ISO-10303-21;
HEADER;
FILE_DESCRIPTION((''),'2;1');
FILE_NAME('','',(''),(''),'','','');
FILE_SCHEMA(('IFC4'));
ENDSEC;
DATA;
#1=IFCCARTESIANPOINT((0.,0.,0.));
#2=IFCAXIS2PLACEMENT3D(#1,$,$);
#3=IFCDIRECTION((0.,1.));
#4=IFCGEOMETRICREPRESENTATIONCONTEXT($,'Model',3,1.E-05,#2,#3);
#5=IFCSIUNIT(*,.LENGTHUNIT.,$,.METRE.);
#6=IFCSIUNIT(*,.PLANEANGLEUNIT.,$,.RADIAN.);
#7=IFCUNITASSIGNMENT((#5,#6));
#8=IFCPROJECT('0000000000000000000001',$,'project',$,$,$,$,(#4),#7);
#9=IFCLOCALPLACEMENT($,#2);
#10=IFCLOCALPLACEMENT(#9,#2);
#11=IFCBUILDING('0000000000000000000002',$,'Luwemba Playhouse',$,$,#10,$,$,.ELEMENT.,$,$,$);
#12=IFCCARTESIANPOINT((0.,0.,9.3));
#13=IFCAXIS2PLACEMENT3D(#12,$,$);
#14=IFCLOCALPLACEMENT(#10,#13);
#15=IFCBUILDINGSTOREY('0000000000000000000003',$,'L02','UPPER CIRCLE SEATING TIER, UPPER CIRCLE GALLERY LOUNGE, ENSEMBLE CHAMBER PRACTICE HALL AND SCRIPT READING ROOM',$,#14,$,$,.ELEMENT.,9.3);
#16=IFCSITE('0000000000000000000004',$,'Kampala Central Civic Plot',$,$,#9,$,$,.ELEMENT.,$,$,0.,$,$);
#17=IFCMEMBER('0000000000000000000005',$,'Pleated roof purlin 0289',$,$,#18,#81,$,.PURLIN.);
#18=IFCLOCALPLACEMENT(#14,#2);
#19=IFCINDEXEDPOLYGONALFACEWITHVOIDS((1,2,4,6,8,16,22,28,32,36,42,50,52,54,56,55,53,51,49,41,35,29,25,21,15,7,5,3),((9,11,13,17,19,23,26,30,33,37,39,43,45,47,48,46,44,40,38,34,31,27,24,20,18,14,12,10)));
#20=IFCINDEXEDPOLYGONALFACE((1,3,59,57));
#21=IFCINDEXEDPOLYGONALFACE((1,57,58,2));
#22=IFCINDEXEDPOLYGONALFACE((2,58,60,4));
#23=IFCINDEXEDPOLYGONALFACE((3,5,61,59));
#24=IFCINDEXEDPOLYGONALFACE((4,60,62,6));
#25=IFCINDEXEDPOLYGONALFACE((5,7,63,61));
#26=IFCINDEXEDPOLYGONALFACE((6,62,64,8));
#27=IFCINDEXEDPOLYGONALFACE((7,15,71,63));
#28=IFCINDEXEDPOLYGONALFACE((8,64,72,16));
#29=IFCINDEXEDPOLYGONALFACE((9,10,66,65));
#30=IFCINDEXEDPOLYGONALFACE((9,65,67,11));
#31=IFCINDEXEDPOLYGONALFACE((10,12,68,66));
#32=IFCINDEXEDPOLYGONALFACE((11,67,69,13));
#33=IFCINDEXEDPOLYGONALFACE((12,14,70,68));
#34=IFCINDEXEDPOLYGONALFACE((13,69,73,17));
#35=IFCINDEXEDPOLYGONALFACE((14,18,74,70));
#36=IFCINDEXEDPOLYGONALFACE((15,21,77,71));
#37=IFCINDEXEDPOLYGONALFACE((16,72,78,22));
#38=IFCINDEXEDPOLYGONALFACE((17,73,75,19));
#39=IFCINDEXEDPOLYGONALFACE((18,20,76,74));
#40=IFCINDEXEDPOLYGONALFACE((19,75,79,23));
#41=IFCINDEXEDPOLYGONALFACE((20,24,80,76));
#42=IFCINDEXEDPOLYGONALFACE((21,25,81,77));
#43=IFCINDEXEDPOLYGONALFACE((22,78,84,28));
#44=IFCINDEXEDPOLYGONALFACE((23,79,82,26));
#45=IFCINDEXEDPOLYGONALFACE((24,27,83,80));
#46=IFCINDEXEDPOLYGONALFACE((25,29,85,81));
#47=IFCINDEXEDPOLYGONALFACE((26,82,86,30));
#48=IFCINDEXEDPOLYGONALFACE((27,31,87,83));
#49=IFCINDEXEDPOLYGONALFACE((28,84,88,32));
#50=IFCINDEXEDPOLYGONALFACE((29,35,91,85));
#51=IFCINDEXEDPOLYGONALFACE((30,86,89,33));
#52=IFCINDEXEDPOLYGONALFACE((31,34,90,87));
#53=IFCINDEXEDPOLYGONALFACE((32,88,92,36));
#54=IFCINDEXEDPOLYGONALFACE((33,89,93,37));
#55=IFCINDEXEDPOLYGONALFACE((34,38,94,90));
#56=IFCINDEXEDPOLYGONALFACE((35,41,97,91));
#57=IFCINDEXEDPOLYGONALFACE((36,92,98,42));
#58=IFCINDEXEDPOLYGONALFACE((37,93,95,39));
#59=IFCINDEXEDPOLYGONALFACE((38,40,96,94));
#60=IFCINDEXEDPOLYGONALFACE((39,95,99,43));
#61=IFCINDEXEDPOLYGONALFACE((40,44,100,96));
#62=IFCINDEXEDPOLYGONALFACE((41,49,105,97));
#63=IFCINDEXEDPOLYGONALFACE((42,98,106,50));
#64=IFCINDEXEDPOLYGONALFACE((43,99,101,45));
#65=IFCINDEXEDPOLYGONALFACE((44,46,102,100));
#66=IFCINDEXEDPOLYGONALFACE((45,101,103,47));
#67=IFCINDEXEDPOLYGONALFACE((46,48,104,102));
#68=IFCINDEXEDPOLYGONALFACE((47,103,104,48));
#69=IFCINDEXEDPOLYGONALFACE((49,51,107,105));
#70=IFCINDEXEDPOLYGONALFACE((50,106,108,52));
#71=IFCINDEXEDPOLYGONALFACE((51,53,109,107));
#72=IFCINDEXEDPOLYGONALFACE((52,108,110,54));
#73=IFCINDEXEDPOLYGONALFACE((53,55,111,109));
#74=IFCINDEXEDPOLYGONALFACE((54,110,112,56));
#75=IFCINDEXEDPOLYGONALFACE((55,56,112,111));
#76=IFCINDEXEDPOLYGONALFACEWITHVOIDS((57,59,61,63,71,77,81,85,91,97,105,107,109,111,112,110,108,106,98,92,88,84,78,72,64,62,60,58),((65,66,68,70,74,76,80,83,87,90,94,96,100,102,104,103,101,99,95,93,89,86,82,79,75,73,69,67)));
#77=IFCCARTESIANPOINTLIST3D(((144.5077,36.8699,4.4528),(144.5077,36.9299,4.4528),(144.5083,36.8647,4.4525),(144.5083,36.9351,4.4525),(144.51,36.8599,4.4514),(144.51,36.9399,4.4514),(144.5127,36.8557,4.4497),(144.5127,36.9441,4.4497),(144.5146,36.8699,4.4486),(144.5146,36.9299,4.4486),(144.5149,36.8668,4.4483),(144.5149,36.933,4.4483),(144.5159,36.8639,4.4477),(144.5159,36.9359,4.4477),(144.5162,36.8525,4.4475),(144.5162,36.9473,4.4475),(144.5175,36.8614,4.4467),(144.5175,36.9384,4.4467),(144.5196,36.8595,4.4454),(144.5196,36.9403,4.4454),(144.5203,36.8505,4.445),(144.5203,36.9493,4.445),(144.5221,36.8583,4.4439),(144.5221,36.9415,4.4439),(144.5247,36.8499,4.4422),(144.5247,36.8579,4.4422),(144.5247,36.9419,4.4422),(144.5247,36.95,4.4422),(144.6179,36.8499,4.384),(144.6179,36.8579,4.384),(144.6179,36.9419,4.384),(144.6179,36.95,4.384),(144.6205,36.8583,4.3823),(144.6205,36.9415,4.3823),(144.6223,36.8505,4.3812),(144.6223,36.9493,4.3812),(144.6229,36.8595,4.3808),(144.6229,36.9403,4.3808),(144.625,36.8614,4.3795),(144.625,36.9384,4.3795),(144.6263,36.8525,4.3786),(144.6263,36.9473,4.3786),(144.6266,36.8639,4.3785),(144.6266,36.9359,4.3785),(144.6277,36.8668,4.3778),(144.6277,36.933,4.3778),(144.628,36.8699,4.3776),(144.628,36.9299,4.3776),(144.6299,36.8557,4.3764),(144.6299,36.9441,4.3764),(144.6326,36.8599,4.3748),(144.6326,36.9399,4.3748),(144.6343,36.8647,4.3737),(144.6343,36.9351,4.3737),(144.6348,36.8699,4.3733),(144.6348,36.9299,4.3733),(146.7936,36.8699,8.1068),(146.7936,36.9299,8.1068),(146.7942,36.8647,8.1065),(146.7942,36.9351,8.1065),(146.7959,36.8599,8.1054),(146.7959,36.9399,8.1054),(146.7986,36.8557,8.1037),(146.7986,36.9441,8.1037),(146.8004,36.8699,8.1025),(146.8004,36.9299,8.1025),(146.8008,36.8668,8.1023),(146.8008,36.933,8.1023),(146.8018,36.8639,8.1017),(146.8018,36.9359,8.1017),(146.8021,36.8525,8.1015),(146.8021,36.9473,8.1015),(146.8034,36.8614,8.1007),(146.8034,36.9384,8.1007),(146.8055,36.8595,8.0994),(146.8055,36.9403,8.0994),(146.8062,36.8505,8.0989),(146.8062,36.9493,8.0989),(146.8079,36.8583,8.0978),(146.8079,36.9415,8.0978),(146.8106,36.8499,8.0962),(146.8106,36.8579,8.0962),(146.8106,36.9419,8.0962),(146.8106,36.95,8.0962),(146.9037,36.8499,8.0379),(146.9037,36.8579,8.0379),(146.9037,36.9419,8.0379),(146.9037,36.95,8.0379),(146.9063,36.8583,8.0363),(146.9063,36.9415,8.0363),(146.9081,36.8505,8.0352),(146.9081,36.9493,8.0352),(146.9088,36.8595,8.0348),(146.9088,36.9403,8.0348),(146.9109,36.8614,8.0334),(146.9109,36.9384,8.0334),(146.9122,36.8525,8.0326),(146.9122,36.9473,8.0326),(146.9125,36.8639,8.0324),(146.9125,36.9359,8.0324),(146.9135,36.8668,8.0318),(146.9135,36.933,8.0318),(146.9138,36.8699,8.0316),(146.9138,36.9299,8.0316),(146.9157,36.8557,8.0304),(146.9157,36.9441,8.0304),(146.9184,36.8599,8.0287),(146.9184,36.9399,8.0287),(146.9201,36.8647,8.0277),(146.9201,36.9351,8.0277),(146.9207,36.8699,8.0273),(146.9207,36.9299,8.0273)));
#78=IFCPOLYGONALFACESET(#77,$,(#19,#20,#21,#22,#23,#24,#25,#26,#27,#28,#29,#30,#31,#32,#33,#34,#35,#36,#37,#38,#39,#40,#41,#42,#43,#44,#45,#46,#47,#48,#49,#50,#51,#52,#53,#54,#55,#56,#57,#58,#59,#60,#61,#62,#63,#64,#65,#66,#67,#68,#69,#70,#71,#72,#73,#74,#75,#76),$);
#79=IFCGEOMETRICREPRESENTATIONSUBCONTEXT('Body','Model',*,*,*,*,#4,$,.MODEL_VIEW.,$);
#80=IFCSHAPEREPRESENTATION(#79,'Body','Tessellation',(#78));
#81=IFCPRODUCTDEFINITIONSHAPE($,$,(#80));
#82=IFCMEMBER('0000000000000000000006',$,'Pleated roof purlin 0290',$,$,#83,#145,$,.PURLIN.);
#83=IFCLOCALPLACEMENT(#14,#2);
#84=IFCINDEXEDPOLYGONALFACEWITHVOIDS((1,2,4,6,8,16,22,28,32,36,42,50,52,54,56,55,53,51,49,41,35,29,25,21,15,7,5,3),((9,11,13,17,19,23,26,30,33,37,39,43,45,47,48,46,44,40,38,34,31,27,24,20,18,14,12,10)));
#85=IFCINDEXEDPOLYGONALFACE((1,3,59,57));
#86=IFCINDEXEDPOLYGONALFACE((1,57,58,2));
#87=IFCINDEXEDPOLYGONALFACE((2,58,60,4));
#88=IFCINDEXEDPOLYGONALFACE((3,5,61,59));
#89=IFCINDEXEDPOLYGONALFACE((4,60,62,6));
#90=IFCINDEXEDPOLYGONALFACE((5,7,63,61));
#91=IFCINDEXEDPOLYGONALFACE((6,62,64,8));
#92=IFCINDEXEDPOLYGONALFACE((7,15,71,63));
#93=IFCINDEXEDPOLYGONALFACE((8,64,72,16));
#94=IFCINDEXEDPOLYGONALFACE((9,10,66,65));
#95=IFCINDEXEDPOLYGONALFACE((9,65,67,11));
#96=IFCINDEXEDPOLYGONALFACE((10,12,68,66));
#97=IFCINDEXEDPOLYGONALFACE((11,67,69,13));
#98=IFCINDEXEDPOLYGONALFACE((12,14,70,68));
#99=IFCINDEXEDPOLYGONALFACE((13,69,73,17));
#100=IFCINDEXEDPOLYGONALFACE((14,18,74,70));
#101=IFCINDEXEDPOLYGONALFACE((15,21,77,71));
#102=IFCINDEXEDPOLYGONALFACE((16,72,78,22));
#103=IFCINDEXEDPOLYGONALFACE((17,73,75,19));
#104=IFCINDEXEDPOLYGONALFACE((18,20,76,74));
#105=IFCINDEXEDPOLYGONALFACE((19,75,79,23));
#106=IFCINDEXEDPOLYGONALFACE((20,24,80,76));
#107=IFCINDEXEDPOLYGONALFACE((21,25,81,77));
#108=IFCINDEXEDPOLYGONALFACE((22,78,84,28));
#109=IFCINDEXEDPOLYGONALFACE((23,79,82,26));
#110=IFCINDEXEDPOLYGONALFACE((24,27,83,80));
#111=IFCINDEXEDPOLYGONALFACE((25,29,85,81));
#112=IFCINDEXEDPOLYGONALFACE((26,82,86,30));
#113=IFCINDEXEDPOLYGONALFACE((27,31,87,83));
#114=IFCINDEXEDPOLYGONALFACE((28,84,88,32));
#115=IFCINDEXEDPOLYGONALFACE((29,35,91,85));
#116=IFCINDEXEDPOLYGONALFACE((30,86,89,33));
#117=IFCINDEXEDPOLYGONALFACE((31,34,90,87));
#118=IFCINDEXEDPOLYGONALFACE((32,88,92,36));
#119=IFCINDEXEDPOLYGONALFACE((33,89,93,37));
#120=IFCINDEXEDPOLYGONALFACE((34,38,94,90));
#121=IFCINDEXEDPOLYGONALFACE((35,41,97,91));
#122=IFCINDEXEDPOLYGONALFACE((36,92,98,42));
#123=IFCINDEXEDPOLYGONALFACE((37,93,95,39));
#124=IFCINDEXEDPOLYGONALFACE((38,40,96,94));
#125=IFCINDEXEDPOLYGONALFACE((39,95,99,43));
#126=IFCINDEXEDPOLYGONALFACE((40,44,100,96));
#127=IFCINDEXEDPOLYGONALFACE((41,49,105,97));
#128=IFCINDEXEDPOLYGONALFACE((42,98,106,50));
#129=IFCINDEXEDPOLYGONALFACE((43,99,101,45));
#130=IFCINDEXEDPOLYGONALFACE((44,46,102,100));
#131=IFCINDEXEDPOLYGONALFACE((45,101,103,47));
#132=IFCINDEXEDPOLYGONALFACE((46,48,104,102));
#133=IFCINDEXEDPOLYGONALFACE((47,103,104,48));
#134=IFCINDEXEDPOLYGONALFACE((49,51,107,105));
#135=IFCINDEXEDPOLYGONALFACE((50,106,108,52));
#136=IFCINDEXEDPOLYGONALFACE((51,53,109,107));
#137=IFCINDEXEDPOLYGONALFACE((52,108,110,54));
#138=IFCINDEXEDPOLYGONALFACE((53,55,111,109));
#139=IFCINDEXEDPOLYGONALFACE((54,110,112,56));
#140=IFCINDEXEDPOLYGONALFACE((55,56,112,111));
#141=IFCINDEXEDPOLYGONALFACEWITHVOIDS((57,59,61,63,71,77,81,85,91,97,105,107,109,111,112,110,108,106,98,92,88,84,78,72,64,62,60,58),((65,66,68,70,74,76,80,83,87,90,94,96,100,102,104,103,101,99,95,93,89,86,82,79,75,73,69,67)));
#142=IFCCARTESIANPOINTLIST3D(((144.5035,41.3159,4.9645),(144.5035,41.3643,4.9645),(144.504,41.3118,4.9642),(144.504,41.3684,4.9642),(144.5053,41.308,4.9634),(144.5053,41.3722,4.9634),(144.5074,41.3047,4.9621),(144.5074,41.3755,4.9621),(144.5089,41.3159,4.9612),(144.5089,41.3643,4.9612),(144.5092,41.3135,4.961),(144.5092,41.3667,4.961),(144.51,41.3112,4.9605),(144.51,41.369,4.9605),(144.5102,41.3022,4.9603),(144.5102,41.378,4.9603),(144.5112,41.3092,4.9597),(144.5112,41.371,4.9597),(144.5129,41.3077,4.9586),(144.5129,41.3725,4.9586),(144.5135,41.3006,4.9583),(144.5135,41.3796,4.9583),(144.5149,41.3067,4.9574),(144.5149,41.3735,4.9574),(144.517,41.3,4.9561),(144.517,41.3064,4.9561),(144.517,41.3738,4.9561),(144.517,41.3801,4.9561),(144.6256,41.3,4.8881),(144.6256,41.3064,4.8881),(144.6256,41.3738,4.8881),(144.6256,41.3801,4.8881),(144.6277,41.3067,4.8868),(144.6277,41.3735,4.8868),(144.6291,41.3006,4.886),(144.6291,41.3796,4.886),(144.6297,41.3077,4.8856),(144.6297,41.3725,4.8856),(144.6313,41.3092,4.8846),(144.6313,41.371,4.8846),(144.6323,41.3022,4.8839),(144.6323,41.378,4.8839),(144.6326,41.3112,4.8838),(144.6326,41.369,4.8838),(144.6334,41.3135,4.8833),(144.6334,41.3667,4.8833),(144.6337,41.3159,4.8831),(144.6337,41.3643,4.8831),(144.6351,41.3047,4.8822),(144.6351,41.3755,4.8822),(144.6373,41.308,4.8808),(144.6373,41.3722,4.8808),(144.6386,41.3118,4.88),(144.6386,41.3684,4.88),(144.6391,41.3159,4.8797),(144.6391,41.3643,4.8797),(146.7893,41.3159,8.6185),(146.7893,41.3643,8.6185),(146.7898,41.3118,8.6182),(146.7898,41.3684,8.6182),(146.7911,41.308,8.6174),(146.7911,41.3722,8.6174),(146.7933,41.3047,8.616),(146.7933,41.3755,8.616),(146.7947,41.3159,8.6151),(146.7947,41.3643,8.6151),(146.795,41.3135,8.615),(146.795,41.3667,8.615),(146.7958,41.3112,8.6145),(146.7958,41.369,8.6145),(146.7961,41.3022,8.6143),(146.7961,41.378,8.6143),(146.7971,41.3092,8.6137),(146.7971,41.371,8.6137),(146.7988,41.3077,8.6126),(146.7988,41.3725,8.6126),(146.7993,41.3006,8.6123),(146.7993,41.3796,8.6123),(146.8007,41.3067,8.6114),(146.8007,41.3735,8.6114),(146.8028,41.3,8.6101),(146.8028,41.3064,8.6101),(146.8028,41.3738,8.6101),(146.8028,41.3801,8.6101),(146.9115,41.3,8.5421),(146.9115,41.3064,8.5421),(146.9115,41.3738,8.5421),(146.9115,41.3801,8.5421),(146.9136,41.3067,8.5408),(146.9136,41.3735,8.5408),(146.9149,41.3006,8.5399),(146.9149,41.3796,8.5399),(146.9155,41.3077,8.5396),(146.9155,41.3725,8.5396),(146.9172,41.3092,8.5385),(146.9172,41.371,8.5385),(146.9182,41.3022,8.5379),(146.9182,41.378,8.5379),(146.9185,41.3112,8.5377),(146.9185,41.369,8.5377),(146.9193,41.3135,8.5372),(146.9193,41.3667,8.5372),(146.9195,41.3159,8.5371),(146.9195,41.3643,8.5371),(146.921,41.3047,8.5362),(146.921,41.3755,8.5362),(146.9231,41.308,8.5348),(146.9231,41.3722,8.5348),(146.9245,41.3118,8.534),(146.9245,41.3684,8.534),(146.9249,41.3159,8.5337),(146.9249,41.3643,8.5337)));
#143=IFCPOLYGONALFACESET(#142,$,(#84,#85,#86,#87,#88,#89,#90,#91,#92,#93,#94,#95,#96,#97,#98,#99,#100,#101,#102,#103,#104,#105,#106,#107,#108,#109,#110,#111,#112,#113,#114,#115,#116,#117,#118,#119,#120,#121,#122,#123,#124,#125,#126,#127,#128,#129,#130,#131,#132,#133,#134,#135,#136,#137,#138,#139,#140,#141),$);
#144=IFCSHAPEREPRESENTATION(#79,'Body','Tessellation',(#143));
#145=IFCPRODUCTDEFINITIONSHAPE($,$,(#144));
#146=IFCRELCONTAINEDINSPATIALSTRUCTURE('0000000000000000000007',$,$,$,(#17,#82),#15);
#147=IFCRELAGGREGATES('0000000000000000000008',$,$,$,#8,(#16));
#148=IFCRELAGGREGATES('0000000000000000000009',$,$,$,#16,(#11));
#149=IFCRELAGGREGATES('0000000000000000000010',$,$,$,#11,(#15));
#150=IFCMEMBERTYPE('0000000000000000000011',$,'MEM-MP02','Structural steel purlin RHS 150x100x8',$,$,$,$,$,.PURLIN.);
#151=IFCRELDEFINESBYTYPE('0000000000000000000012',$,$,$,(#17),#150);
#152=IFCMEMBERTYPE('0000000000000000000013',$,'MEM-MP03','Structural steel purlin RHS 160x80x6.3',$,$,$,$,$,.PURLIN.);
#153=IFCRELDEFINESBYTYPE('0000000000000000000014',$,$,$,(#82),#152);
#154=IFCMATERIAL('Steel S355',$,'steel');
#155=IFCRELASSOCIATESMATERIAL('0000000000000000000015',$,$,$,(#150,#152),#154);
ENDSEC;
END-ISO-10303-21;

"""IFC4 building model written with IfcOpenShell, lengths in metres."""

from ifc_helpers import new_model, si_unit, direction, frame, origin, origin_2d, place, context, subcontext, project, spatial, hollow_rectangle, extrude, material, material_profile, profile_set, type_object, element, save


model = new_model("IFC4")

# Units and contexts
model_context = context("Model", 3, precision=1e-05, world=origin(), true_north=direction((0.0, 1.0)))
body_context = subcontext(model_context, "Body", "Model", "MODEL_VIEW")
ifc_project = project(units=[si_unit("LENGTHUNIT", "METRE"), si_unit("PLANEANGLEUNIT", "RADIAN")], contexts=[model_context])

# Site, building, storey
site_placement = place(None, origin())
site = spatial("IfcSite", under=ifc_project, at=site_placement, Name="Kampala Central Civic Plot", CompositionType="ELEMENT", RefElevation=0.0)
building_placement = place(site_placement, origin())
building = spatial("IfcBuilding", under=site, at=building_placement, Name="Luwemba Playhouse", CompositionType="ELEMENT")
storey_placement = place(building_placement, frame((0.0, 0.0, 9.3)))
storey = spatial("IfcBuildingStorey", under=building, at=storey_placement, Name="L02", Description="UPPER CIRCLE SEATING TIER, UPPER CIRCLE GALLERY LOUNGE, ENSEMBLE CHAMBER PRACTICE HALL AND SCRIPT READING ROOM", CompositionType="ELEMENT", Elevation=9.3)

# Shared definitions
ifc_material_1 = material(Name="Steel S355", Category="steel")

# Members
ifc_material_profile_1 = material_profile(ifc_material_1, hollow_rectangle(XDim=0.1001, YDim=0.1499, WallThickness=0.0081, InnerFilletRadius=0.012, OuterFilletRadius=0.02, at=origin_2d()))
ifc_profile_set_1 = profile_set([ifc_material_profile_1], Name="Steel S355")
member_type_1 = type_object("IfcMemberType", Name="MEM-MP02", Description="Structural steel purlin RHS 150x100x8", PredefinedType="PURLIN", material=ifc_profile_set_1)
member_1_placement = place(storey_placement, frame((144.5713, 36.8999, 4.4131), z_axis=(0.53035, 0.0, 0.847779), x_axis=(0.0, 1.0, 0.0)))
element("IfcMember", 1, at=member_1_placement, inside=storey, type_object=member_type_1, Name="Pleated roof purlin 0289", PredefinedType="PURLIN", context=body_context, shape_type="SweptSolid", body=[
    extrude(hollow_rectangle(XDim=0.1001, YDim=0.1499, WallThickness=0.0081, InnerFilletRadius=0.012, OuterFilletRadius=0.02, at=origin_2d()), origin(), (0.0, 0.0, 1.0), 4.3101),
])
ifc_material_profile_2 = material_profile(ifc_material_1, hollow_rectangle(XDim=0.0801, YDim=0.1599, WallThickness=0.0063, InnerFilletRadius=0.0095, OuterFilletRadius=0.0159, at=origin_2d()))
ifc_profile_set_2 = profile_set([ifc_material_profile_2], Name="Steel S355")
member_type_2 = type_object("IfcMemberType", Name="MEM-MP03", Description="Structural steel purlin RHS 160x80x6.3", PredefinedType="PURLIN", material=ifc_profile_set_2)
member_2_placement = place(storey_placement, frame((144.5713, 41.3401, 4.9221), z_axis=(0.53035, 0.0, 0.847779), x_axis=(0.0, 1.0, 0.0)))
element("IfcMember", 2, at=member_2_placement, inside=storey, type_object=member_type_2, Name="Pleated roof purlin 0290", PredefinedType="PURLIN", context=body_context, shape_type="SweptSolid", body=[
    extrude(hollow_rectangle(XDim=0.0801, YDim=0.1599, WallThickness=0.0063, InnerFilletRadius=0.0095, OuterFilletRadius=0.0159, at=origin_2d()), origin(), (0.0, 0.0, 1.0), 4.3101),
])

save(model, "model.ifc")
